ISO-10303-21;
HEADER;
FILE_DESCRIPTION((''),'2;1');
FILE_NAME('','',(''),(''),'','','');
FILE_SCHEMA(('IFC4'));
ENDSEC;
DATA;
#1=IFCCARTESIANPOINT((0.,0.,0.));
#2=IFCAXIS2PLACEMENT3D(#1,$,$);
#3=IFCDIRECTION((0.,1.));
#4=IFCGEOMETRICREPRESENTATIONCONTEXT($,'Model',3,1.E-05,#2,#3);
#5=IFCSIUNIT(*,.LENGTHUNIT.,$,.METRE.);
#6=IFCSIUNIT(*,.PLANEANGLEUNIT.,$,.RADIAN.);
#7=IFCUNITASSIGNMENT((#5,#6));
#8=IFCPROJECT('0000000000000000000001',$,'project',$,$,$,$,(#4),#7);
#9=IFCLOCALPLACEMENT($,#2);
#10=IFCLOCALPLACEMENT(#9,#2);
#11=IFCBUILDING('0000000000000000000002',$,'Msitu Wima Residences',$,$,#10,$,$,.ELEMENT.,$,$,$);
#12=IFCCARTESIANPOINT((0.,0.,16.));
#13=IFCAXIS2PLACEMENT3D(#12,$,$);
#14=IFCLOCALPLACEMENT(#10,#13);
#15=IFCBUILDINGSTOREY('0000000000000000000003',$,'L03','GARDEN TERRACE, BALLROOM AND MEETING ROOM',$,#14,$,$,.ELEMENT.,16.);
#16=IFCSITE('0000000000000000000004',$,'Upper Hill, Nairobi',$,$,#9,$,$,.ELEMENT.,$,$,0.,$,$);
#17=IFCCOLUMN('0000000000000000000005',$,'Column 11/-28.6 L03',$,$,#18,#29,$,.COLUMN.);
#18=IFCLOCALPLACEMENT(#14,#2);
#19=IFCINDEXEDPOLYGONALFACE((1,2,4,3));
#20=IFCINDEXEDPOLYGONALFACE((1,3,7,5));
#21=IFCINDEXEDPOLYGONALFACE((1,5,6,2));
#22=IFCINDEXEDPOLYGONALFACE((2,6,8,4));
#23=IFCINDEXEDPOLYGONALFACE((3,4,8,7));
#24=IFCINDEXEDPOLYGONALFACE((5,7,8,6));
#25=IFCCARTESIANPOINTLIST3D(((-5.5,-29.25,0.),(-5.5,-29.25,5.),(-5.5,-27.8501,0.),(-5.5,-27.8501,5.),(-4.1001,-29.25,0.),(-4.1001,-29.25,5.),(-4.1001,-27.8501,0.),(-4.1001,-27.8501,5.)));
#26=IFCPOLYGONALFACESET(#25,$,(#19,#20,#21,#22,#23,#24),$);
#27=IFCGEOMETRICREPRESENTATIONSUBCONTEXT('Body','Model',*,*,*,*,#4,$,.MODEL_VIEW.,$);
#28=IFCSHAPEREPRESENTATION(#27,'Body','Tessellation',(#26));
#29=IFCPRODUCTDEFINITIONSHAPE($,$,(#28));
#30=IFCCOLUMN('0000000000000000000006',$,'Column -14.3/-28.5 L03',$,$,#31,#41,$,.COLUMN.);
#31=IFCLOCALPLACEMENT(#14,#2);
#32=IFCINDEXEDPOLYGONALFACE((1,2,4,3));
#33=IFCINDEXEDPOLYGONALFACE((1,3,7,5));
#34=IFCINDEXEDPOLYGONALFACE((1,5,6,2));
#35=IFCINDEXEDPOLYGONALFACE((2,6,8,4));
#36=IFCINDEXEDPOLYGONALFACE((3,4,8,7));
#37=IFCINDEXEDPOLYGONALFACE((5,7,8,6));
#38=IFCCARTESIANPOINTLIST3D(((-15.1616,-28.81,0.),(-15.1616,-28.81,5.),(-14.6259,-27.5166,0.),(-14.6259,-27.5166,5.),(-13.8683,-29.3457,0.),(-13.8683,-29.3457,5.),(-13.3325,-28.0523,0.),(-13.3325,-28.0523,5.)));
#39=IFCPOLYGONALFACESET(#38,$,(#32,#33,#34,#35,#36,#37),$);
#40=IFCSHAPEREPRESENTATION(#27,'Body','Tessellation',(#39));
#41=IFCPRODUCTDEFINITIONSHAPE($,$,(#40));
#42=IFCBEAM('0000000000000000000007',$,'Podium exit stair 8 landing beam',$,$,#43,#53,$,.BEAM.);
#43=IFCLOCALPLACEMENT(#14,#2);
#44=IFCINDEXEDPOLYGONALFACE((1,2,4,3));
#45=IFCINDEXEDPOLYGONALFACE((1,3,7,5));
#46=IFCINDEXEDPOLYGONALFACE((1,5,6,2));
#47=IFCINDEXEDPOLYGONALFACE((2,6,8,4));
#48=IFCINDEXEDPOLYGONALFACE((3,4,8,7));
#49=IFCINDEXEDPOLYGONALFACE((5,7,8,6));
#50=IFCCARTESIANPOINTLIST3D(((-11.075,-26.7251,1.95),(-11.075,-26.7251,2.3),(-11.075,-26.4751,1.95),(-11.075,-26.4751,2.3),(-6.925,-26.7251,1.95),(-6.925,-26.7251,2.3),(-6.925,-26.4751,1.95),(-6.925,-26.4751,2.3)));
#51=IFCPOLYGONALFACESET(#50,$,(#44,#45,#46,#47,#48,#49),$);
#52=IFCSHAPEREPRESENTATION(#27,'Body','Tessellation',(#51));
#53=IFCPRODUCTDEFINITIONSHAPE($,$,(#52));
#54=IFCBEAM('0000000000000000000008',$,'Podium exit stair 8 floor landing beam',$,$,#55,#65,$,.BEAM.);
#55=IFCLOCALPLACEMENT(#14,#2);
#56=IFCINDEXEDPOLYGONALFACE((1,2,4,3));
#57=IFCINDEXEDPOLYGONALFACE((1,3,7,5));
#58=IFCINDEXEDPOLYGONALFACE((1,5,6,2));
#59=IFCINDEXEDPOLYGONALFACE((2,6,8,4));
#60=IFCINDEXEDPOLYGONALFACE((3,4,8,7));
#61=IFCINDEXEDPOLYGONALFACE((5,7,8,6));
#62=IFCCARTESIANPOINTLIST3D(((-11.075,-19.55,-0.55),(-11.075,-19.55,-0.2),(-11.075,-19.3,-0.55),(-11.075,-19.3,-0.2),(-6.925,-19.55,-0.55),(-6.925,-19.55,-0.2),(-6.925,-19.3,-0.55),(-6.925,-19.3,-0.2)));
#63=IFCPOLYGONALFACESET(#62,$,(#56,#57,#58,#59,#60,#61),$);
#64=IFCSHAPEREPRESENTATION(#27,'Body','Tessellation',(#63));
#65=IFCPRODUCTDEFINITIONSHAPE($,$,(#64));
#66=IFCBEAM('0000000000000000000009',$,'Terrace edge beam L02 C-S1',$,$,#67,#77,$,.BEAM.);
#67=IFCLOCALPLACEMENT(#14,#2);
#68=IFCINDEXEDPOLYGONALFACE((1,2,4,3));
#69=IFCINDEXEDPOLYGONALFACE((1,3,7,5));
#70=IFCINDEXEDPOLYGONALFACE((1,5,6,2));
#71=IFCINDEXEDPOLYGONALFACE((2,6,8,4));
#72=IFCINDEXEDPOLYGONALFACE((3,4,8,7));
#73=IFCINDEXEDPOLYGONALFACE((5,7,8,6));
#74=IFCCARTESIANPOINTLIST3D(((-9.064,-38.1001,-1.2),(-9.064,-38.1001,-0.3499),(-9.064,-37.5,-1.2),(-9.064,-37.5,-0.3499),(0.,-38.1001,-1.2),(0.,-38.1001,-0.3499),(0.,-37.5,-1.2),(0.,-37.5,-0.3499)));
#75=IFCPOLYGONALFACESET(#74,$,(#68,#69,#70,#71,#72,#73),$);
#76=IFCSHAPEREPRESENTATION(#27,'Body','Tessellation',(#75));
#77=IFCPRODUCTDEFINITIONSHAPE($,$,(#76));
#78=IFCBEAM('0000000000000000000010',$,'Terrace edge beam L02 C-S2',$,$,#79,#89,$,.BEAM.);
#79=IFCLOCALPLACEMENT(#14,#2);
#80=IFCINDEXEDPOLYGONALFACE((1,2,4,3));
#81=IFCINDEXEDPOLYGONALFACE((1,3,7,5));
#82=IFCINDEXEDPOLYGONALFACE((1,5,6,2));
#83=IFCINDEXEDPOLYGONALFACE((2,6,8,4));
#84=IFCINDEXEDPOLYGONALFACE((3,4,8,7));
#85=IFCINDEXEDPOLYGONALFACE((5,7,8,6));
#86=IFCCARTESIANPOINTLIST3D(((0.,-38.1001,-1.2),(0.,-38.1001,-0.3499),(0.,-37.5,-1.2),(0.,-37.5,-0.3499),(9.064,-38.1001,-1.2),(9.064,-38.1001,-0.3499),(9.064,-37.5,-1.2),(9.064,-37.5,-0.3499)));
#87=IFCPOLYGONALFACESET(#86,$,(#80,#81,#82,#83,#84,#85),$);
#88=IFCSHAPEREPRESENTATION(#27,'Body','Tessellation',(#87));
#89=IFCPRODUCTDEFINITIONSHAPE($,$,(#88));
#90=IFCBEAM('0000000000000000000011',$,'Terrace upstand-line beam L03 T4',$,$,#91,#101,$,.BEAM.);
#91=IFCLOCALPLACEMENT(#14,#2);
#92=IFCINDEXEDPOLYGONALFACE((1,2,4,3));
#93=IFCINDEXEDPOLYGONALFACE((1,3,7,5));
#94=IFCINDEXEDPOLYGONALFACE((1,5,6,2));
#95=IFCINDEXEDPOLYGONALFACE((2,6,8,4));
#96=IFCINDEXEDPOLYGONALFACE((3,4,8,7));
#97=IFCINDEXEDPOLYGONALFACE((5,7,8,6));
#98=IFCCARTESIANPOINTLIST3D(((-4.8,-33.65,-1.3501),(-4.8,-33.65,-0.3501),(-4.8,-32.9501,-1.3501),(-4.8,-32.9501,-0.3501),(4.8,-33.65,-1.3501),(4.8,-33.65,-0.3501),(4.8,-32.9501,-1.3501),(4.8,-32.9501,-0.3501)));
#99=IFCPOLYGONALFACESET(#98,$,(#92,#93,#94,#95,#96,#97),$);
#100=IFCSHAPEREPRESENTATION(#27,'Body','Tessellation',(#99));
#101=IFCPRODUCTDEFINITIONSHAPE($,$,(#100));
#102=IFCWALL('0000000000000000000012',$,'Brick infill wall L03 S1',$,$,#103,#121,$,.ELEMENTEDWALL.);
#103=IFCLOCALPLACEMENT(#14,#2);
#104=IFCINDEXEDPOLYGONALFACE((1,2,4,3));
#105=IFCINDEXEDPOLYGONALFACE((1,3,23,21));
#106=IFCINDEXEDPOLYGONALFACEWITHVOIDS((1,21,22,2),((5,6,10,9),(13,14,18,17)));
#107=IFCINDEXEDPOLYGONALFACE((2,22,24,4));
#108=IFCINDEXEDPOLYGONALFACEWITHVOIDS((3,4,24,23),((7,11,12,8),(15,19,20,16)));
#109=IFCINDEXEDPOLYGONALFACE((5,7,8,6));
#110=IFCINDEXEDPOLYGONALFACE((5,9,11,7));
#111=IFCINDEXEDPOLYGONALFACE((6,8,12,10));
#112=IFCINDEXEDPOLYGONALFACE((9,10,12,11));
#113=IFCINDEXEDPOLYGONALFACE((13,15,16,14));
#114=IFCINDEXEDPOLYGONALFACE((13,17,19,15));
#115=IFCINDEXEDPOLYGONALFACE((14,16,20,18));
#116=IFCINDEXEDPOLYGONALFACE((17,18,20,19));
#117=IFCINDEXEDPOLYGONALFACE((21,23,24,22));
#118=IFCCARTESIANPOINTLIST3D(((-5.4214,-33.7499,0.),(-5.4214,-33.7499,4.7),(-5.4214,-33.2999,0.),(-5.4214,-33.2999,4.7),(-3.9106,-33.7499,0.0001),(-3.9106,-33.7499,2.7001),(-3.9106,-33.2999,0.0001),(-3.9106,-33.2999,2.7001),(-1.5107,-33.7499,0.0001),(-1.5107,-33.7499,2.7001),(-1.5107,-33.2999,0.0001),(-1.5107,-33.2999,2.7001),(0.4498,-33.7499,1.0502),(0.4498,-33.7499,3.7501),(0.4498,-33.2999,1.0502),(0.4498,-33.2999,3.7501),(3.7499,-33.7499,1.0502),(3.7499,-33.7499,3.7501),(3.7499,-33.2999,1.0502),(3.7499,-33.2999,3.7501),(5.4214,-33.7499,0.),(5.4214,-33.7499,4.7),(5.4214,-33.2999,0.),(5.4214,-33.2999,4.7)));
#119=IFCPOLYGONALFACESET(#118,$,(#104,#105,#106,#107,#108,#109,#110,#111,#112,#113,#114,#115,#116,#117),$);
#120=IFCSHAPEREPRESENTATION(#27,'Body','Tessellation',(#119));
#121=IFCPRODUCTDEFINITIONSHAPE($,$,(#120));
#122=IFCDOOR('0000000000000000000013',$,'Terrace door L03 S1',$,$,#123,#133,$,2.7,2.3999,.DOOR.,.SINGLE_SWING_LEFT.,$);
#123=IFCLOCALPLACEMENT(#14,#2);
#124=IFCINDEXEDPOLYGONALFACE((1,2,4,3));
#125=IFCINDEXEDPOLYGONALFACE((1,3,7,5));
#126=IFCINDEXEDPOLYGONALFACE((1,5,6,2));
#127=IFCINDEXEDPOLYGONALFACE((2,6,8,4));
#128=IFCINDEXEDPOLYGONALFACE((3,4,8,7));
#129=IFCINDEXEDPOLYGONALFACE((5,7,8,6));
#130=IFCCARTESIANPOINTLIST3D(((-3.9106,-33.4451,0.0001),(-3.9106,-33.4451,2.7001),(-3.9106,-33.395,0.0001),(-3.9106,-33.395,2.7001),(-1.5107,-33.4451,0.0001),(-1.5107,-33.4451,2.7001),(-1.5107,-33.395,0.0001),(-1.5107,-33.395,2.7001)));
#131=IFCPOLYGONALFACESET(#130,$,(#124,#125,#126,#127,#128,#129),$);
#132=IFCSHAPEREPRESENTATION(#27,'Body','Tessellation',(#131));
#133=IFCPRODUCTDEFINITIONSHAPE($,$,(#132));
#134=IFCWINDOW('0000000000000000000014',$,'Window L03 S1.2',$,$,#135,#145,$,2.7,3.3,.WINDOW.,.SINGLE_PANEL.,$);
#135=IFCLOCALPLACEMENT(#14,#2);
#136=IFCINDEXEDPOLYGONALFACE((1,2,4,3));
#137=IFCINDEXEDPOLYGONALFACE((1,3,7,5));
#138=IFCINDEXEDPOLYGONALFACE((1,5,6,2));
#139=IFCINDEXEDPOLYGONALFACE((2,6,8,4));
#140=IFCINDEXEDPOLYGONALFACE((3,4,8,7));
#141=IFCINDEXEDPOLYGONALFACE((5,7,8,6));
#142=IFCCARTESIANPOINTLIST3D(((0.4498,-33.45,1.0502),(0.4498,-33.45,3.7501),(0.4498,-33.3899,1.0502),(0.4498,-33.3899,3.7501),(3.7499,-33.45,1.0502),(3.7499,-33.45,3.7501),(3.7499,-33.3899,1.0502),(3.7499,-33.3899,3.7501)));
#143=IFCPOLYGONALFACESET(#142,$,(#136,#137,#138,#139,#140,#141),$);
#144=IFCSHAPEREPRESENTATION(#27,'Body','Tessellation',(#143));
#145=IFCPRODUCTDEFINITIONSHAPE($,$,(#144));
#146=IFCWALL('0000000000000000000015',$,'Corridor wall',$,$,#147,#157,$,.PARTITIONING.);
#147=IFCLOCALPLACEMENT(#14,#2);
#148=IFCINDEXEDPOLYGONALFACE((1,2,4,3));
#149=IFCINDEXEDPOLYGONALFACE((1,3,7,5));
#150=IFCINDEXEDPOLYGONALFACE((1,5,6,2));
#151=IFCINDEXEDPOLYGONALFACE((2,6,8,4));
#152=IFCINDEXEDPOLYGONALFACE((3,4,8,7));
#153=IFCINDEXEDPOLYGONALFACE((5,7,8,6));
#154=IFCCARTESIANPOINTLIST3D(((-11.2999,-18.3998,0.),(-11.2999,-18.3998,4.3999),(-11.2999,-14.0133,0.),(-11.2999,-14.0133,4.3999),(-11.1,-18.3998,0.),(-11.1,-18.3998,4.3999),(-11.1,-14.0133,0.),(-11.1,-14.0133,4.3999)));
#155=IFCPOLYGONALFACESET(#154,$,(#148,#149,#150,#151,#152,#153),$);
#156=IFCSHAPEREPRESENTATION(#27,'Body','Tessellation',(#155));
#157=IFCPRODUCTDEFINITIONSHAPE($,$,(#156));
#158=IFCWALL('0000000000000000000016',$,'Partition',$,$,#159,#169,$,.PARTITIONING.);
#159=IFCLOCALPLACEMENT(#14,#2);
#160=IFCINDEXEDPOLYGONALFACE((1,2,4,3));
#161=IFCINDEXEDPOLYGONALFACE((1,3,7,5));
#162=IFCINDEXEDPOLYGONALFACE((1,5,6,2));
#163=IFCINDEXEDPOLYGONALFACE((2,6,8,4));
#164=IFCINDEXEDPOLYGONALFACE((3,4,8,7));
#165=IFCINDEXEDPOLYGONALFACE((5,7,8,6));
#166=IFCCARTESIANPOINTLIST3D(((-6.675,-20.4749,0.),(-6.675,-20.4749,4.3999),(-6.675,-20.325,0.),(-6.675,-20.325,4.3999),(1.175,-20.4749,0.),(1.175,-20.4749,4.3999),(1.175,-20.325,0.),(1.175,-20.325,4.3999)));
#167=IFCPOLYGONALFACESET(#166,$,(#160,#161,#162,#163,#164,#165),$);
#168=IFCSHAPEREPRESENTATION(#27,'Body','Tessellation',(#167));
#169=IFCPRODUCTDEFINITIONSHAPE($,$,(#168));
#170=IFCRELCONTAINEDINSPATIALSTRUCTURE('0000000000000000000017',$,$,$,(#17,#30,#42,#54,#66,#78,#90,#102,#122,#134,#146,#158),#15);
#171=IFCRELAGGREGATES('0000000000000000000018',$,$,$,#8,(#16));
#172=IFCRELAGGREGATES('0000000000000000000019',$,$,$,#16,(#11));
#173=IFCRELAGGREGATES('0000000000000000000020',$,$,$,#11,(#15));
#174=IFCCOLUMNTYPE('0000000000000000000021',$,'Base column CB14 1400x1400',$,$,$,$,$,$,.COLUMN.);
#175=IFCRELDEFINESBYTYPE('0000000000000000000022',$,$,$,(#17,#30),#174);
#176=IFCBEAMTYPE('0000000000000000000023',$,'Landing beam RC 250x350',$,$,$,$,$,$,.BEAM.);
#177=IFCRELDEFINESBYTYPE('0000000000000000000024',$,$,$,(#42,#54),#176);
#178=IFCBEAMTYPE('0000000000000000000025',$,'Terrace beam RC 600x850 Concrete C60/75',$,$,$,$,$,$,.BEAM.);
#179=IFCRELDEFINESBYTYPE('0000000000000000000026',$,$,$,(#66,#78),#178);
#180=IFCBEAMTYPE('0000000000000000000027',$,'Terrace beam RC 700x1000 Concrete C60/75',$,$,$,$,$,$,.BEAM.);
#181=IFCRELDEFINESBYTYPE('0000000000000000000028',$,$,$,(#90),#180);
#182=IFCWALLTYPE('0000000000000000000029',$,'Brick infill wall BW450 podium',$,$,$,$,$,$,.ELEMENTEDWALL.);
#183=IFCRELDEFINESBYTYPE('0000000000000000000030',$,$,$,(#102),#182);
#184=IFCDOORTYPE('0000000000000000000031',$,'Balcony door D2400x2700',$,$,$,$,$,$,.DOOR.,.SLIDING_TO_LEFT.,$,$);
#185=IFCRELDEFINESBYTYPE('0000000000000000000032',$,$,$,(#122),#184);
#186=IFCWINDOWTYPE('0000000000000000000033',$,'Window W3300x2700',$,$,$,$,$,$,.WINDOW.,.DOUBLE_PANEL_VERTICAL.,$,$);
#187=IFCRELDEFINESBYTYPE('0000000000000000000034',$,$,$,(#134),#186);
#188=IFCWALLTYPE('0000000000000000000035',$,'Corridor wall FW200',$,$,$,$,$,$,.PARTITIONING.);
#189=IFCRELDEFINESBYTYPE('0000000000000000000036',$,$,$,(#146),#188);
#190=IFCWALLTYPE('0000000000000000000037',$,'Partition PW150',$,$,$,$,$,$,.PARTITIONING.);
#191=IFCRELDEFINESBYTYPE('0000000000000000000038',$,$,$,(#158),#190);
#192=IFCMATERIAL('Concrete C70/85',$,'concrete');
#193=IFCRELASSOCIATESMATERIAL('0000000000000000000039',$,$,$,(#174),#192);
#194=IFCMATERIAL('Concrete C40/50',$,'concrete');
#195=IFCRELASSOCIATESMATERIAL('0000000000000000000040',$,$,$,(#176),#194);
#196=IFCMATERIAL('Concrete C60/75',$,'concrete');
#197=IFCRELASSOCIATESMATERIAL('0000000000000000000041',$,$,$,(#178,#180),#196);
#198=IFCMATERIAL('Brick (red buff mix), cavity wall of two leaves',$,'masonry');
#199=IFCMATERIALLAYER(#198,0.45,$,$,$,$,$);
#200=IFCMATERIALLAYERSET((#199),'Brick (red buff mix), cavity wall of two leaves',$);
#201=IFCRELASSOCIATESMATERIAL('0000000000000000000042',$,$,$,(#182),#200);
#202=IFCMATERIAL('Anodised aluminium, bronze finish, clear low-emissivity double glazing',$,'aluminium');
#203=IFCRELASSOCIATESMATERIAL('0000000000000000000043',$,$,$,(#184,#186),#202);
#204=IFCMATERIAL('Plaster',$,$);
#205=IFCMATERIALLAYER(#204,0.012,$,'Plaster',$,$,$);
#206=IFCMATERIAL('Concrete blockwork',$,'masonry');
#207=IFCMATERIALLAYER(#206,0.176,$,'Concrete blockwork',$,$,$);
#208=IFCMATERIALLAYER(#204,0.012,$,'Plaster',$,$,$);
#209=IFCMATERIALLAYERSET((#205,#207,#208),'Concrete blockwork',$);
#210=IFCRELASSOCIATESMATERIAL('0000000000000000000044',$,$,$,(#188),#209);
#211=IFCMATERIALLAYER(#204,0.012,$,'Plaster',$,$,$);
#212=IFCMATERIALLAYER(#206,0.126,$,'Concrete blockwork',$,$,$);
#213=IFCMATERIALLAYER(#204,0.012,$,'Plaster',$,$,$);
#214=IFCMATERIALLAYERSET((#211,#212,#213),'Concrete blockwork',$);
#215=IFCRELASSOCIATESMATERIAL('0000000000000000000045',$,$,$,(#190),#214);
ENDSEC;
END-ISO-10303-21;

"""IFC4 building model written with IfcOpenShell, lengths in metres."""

from ifc_helpers import new_model, si_unit, direction, frame, frame_2d, origin, origin_2d, place, context, subcontext, project, spatial, rectangle, extrude, material, layer, layer_set, material_profile, profile_set, type_object, element, fill, save


model = new_model("IFC4")

# Units and contexts
model_context = context("Model", 3, precision=1e-05, world=origin(), true_north=direction((0.0, 1.0)))
body_context = subcontext(model_context, "Body", "Model", "MODEL_VIEW")
ifc_project = project(units=[si_unit("LENGTHUNIT", "METRE"), si_unit("PLANEANGLEUNIT", "RADIAN")], contexts=[model_context])

# Site, building, storey
site_placement = place(None, origin())
site = spatial("IfcSite", under=ifc_project, at=site_placement, Name="Upper Hill, Nairobi", CompositionType="ELEMENT", RefElevation=0.0)
building_placement = place(site_placement, origin())
building = spatial("IfcBuilding", under=site, at=building_placement, Name="Msitu Wima Residences", CompositionType="ELEMENT")
storey_placement = place(building_placement, frame((0.0, 0.0, 16.0)))
storey = spatial("IfcBuildingStorey", under=building, at=storey_placement, Name="L03", Description="GARDEN TERRACE, BALLROOM AND MEETING ROOM", CompositionType="ELEMENT", Elevation=16.0)

# Columns
ifc_material_1 = material(Name="Concrete C70/85", Category="concrete")
ifc_material_profile_1 = material_profile(ifc_material_1, rectangle(XDim=1.3999, YDim=1.3999, at=origin_2d()), Name="RC 1400x1400")
ifc_profile_set_1 = profile_set([ifc_material_profile_1], Name="Concrete C70/85")
column_type = type_object("IfcColumnType", Name="Base column CB14 1400x1400", PredefinedType="COLUMN", material=ifc_profile_set_1)
for number, where, z_axis, x_axis, name in (
    (1, (-4.8, -28.55, 0.0), (0.0, 0.0, 1.0), (1.0, 0.0, 0.0), "Column 11/-28.6 L03"),
    (2, (-14.2471, -28.4312, 0.0), (0.0, 0.0, 1.0), (0.92388, -0.382683, 0.0), "Column -14.3/-28.5 L03"),
):
    element("IfcColumn", number, at=place(storey_placement, frame(where, z_axis=z_axis, x_axis=x_axis)), inside=storey, type_object=column_type, Name=name, PredefinedType="COLUMN", context=body_context, shape_type="SweptSolid", body=[
        extrude(rectangle(XDim=1.3999, YDim=1.3999, at=origin_2d()), origin(), (0.0, 0.0, 1.0), 5.0),
    ])

# Beams
ifc_material_2 = material(Name="Concrete C40/50", Category="concrete")
ifc_material_profile_2 = material_profile(ifc_material_2, rectangle(XDim=0.25, YDim=0.3501, at=origin_2d()), Name="RC 250x350")
ifc_profile_set_2 = profile_set([ifc_material_profile_2], Name="Concrete C40/50")
beam_type_1 = type_object("IfcBeamType", Name="Landing beam RC 250x350", PredefinedType="BEAM", material=ifc_profile_set_2)
for number, where, z_axis, x_axis, name in (
    (3, (-6.925, -26.6001, 2.125), (-1.0, 0.0, 0.0), (0.0, -1.0, 0.0), "Podium exit stair 8 landing beam"),
    (4, (-6.925, -19.425, -0.375), (-1.0, 0.0, 0.0), (0.0, -1.0, 0.0), "Podium exit stair 8 floor landing beam"),
):
    element("IfcBeam", number, at=place(storey_placement, frame(where, z_axis=z_axis, x_axis=x_axis)), inside=storey, type_object=beam_type_1, Name=name, PredefinedType="BEAM", context=body_context, shape_type="SweptSolid", body=[
        extrude(rectangle(XDim=0.25, YDim=0.3501, at=origin_2d()), origin(), (0.0, 0.0, 1.0), 4.1499),
    ])
ifc_material_3 = material(Name="Concrete C60/75", Category="concrete")
ifc_material_profile_3 = material_profile(ifc_material_3, rectangle(XDim=0.6001, YDim=0.8501, at=origin_2d()), Name="RC 600x850")
ifc_profile_set_3 = profile_set([ifc_material_profile_3], Name="Concrete C60/75")
beam_type_2 = type_object("IfcBeamType", Name="Terrace beam RC 600x850 Concrete C60/75", PredefinedType="BEAM", material=ifc_profile_set_3)
for number, where, z_axis, x_axis, name in (
    (5, (-9.064, -37.8, -0.7749), (1.0, 0.0, 0.0), (0.0, 1.0, 0.0), "Terrace edge beam L02 C-S1"),
    (6, (0.0, -37.8, -0.7749), (1.0, 0.0, 0.0), (0.0, 1.0, 0.0), "Terrace edge beam L02 C-S2"),
):
    element("IfcBeam", number, at=place(storey_placement, frame(where, z_axis=z_axis, x_axis=x_axis)), inside=storey, type_object=beam_type_2, Name=name, PredefinedType="BEAM", context=body_context, shape_type="SweptSolid", body=[
        extrude(rectangle(XDim=0.6001, YDim=0.8501, at=origin_2d()), origin(), (0.0, 0.0, 1.0), 9.064),
    ])
ifc_material_profile_4 = material_profile(ifc_material_3, rectangle(XDim=0.7, YDim=1.0, at=origin_2d()), Name="RC 700x1000")
ifc_profile_set_4 = profile_set([ifc_material_profile_4], Name="Concrete C60/75")
beam_type_3 = type_object("IfcBeamType", Name="Terrace beam RC 700x1000 Concrete C60/75", PredefinedType="BEAM", material=ifc_profile_set_4)
beam_placement = place(storey_placement, frame((-4.8, -33.3, -0.8501), z_axis=(1.0, 0.0, 0.0), x_axis=(0.0, 1.0, 0.0)))
element("IfcBeam", 7, at=beam_placement, inside=storey, type_object=beam_type_3, Name="Terrace upstand-line beam L03 T4", PredefinedType="BEAM", context=body_context, shape_type="SweptSolid", body=[
    extrude(rectangle(XDim=0.7, YDim=1.0, at=origin_2d()), origin(), (0.0, 0.0, 1.0), 9.6001),
])

# Wall, openings, door, window
ifc_material_4 = material(Name="Brick (red buff mix), cavity wall of two leaves", Category="masonry")
ifc_layer_1 = layer(ifc_material_4, 0.45)
ifc_layer_set_1 = layer_set([ifc_layer_1], Name="Brick (red buff mix), cavity wall of two leaves")
wall_type_1 = type_object("IfcWallType", Name="Brick infill wall BW450 podium", PredefinedType="ELEMENTEDWALL", material=ifc_layer_set_1)
wall_1_placement = place(storey_placement, frame((-5.4214, -33.5249, 0.0), z_axis=(0.0, 0.0, 1.0), x_axis=(1.0, 0.0, 0.0)))
wall_1 = element("IfcWall", 8, at=wall_1_placement, inside=storey, type_object=wall_type_1, Name="Brick infill wall L03 S1", PredefinedType="ELEMENTEDWALL", context=body_context, shape_type="SweptSolid", body=[
    extrude(rectangle(XDim=10.8428, YDim=0.45, at=frame_2d((5.4214, 0.0))), origin(), (0.0, 0.0, 1.0), 4.7),
])
opening_1_placement = place(wall_1_placement, frame((1.5107, 0.0, 0.0)))
opening_1 = element("IfcOpeningElement", 9, at=opening_1_placement, cuts=wall_1, PredefinedType="OPENING", context=body_context, shape_type="SweptSolid", body=[
    extrude(rectangle(XDim=2.3999, YDim=2.7, at=frame_2d((1.2, 1.3501))), frame((0.0, 0.2349, 0.0), z_axis=(0.0, -1.0, 0.0), x_axis=(1.0, 0.0, 0.0)), (0.0, 0.0, 1.0), 0.47),
])
opening_2_placement = place(wall_1_placement, frame((5.8713, 0.0, 1.05)))
opening_2 = element("IfcOpeningElement", 10, at=opening_2_placement, cuts=wall_1, PredefinedType="OPENING", context=body_context, shape_type="SweptSolid", body=[
    extrude(rectangle(XDim=3.3, YDim=2.7, at=frame_2d((1.6499, 1.3501))), frame((0.0, 0.2349, 0.0), z_axis=(0.0, -1.0, 0.0), x_axis=(1.0, 0.0, 0.0)), (0.0, 0.0, 1.0), 0.47),
])
ifc_material_5 = material(Name="Anodised aluminium, bronze finish, clear low-emissivity double glazing", Category="aluminium")
door_type_1 = type_object("IfcDoorType", Name="Balcony door D2400x2700", OperationType="SLIDING_TO_LEFT", PredefinedType="DOOR", material=ifc_material_5)
door_1_placement = place(opening_1_placement, origin())
door_1 = element("IfcDoor", 11, at=door_1_placement, inside=storey, type_object=door_type_1, Name="Terrace door L03 S1", OperationType="SINGLE_SWING_LEFT", OverallHeight=2.7, OverallWidth=2.3999, PredefinedType="DOOR", context=body_context, shape_type="SweptSolid", body=[
    extrude(rectangle(XDim=2.3999, YDim=2.7, at=frame_2d((1.2, 1.3501))), frame((0.0, 0.1299, 0.0), z_axis=(0.0, -1.0, 0.0), x_axis=(1.0, 0.0, 0.0)), (0.0, 0.0, 1.0), 0.05),
])
fill(opening_1, door_1)
window_type = type_object("IfcWindowType", Name="Window W3300x2700", PartitioningType="DOUBLE_PANEL_VERTICAL", PredefinedType="WINDOW", material=ifc_material_5)
window_placement = place(opening_2_placement, origin())
window = element("IfcWindow", 12, at=window_placement, inside=storey, type_object=window_type, Name="Window L03 S1.2", OverallHeight=2.7, OverallWidth=3.3, PartitioningType="SINGLE_PANEL", PredefinedType="WINDOW", context=body_context, shape_type="SweptSolid", body=[
    extrude(rectangle(XDim=3.3, YDim=2.7, at=frame_2d((1.6499, 1.3501))), frame((0.0, 0.135, 0.0), z_axis=(0.0, -1.0, 0.0), x_axis=(1.0, 0.0, 0.0)), (0.0, 0.0, 1.0), 0.0601),
])
fill(opening_2, window)

# Walls
ifc_material_6 = material(Name="Plaster")
ifc_layer_2 = layer(ifc_material_6, 0.012, Name="Plaster")
ifc_material_7 = material(Name="Concrete blockwork", Category="masonry")
ifc_layer_3 = layer(ifc_material_7, 0.176, Name="Concrete blockwork")
ifc_layer_4 = layer(ifc_material_6, 0.012, Name="Plaster")
ifc_layer_set_2 = layer_set([ifc_layer_2, ifc_layer_3, ifc_layer_4], Name="Concrete blockwork")
wall_type_2 = type_object("IfcWallType", Name="Corridor wall FW200", PredefinedType="PARTITIONING", material=ifc_layer_set_2)
wall_2_placement = place(storey_placement, frame((-11.2, -18.3999, 0.0), z_axis=(0.0, 0.0, 1.0), x_axis=(0.0, 1.0, 0.0)))
element("IfcWall", 13, at=wall_2_placement, inside=storey, type_object=wall_type_2, Name="Corridor wall", PredefinedType="PARTITIONING", context=body_context, shape_type="SweptSolid", body=[
    extrude(rectangle(XDim=4.3865, YDim=0.2, at=frame_2d((2.1934, 0.0))), origin(), (0.0, 0.0, 1.0), 4.3999),
])
ifc_layer_5 = layer(ifc_material_6, 0.012, Name="Plaster")
ifc_layer_6 = layer(ifc_material_7, 0.126, Name="Concrete blockwork")
ifc_layer_7 = layer(ifc_material_6, 0.012, Name="Plaster")
ifc_layer_set_3 = layer_set([ifc_layer_5, ifc_layer_6, ifc_layer_7], Name="Concrete blockwork")
wall_type_3 = type_object("IfcWallType", Name="Partition PW150", PredefinedType="PARTITIONING", material=ifc_layer_set_3)
wall_3_placement = place(storey_placement, frame((-6.675, -20.3999, 0.0), z_axis=(0.0, 0.0, 1.0), x_axis=(1.0, 0.0, 0.0)))
element("IfcWall", 14, at=wall_3_placement, inside=storey, type_object=wall_type_3, Name="Partition", PredefinedType="PARTITIONING", context=body_context, shape_type="SweptSolid", body=[
    extrude(rectangle(XDim=7.8501, YDim=0.1499, at=frame_2d((3.925, 0.0))), origin(), (0.0, 0.0, 1.0), 4.3999),
])

save(model, "model.ifc")
